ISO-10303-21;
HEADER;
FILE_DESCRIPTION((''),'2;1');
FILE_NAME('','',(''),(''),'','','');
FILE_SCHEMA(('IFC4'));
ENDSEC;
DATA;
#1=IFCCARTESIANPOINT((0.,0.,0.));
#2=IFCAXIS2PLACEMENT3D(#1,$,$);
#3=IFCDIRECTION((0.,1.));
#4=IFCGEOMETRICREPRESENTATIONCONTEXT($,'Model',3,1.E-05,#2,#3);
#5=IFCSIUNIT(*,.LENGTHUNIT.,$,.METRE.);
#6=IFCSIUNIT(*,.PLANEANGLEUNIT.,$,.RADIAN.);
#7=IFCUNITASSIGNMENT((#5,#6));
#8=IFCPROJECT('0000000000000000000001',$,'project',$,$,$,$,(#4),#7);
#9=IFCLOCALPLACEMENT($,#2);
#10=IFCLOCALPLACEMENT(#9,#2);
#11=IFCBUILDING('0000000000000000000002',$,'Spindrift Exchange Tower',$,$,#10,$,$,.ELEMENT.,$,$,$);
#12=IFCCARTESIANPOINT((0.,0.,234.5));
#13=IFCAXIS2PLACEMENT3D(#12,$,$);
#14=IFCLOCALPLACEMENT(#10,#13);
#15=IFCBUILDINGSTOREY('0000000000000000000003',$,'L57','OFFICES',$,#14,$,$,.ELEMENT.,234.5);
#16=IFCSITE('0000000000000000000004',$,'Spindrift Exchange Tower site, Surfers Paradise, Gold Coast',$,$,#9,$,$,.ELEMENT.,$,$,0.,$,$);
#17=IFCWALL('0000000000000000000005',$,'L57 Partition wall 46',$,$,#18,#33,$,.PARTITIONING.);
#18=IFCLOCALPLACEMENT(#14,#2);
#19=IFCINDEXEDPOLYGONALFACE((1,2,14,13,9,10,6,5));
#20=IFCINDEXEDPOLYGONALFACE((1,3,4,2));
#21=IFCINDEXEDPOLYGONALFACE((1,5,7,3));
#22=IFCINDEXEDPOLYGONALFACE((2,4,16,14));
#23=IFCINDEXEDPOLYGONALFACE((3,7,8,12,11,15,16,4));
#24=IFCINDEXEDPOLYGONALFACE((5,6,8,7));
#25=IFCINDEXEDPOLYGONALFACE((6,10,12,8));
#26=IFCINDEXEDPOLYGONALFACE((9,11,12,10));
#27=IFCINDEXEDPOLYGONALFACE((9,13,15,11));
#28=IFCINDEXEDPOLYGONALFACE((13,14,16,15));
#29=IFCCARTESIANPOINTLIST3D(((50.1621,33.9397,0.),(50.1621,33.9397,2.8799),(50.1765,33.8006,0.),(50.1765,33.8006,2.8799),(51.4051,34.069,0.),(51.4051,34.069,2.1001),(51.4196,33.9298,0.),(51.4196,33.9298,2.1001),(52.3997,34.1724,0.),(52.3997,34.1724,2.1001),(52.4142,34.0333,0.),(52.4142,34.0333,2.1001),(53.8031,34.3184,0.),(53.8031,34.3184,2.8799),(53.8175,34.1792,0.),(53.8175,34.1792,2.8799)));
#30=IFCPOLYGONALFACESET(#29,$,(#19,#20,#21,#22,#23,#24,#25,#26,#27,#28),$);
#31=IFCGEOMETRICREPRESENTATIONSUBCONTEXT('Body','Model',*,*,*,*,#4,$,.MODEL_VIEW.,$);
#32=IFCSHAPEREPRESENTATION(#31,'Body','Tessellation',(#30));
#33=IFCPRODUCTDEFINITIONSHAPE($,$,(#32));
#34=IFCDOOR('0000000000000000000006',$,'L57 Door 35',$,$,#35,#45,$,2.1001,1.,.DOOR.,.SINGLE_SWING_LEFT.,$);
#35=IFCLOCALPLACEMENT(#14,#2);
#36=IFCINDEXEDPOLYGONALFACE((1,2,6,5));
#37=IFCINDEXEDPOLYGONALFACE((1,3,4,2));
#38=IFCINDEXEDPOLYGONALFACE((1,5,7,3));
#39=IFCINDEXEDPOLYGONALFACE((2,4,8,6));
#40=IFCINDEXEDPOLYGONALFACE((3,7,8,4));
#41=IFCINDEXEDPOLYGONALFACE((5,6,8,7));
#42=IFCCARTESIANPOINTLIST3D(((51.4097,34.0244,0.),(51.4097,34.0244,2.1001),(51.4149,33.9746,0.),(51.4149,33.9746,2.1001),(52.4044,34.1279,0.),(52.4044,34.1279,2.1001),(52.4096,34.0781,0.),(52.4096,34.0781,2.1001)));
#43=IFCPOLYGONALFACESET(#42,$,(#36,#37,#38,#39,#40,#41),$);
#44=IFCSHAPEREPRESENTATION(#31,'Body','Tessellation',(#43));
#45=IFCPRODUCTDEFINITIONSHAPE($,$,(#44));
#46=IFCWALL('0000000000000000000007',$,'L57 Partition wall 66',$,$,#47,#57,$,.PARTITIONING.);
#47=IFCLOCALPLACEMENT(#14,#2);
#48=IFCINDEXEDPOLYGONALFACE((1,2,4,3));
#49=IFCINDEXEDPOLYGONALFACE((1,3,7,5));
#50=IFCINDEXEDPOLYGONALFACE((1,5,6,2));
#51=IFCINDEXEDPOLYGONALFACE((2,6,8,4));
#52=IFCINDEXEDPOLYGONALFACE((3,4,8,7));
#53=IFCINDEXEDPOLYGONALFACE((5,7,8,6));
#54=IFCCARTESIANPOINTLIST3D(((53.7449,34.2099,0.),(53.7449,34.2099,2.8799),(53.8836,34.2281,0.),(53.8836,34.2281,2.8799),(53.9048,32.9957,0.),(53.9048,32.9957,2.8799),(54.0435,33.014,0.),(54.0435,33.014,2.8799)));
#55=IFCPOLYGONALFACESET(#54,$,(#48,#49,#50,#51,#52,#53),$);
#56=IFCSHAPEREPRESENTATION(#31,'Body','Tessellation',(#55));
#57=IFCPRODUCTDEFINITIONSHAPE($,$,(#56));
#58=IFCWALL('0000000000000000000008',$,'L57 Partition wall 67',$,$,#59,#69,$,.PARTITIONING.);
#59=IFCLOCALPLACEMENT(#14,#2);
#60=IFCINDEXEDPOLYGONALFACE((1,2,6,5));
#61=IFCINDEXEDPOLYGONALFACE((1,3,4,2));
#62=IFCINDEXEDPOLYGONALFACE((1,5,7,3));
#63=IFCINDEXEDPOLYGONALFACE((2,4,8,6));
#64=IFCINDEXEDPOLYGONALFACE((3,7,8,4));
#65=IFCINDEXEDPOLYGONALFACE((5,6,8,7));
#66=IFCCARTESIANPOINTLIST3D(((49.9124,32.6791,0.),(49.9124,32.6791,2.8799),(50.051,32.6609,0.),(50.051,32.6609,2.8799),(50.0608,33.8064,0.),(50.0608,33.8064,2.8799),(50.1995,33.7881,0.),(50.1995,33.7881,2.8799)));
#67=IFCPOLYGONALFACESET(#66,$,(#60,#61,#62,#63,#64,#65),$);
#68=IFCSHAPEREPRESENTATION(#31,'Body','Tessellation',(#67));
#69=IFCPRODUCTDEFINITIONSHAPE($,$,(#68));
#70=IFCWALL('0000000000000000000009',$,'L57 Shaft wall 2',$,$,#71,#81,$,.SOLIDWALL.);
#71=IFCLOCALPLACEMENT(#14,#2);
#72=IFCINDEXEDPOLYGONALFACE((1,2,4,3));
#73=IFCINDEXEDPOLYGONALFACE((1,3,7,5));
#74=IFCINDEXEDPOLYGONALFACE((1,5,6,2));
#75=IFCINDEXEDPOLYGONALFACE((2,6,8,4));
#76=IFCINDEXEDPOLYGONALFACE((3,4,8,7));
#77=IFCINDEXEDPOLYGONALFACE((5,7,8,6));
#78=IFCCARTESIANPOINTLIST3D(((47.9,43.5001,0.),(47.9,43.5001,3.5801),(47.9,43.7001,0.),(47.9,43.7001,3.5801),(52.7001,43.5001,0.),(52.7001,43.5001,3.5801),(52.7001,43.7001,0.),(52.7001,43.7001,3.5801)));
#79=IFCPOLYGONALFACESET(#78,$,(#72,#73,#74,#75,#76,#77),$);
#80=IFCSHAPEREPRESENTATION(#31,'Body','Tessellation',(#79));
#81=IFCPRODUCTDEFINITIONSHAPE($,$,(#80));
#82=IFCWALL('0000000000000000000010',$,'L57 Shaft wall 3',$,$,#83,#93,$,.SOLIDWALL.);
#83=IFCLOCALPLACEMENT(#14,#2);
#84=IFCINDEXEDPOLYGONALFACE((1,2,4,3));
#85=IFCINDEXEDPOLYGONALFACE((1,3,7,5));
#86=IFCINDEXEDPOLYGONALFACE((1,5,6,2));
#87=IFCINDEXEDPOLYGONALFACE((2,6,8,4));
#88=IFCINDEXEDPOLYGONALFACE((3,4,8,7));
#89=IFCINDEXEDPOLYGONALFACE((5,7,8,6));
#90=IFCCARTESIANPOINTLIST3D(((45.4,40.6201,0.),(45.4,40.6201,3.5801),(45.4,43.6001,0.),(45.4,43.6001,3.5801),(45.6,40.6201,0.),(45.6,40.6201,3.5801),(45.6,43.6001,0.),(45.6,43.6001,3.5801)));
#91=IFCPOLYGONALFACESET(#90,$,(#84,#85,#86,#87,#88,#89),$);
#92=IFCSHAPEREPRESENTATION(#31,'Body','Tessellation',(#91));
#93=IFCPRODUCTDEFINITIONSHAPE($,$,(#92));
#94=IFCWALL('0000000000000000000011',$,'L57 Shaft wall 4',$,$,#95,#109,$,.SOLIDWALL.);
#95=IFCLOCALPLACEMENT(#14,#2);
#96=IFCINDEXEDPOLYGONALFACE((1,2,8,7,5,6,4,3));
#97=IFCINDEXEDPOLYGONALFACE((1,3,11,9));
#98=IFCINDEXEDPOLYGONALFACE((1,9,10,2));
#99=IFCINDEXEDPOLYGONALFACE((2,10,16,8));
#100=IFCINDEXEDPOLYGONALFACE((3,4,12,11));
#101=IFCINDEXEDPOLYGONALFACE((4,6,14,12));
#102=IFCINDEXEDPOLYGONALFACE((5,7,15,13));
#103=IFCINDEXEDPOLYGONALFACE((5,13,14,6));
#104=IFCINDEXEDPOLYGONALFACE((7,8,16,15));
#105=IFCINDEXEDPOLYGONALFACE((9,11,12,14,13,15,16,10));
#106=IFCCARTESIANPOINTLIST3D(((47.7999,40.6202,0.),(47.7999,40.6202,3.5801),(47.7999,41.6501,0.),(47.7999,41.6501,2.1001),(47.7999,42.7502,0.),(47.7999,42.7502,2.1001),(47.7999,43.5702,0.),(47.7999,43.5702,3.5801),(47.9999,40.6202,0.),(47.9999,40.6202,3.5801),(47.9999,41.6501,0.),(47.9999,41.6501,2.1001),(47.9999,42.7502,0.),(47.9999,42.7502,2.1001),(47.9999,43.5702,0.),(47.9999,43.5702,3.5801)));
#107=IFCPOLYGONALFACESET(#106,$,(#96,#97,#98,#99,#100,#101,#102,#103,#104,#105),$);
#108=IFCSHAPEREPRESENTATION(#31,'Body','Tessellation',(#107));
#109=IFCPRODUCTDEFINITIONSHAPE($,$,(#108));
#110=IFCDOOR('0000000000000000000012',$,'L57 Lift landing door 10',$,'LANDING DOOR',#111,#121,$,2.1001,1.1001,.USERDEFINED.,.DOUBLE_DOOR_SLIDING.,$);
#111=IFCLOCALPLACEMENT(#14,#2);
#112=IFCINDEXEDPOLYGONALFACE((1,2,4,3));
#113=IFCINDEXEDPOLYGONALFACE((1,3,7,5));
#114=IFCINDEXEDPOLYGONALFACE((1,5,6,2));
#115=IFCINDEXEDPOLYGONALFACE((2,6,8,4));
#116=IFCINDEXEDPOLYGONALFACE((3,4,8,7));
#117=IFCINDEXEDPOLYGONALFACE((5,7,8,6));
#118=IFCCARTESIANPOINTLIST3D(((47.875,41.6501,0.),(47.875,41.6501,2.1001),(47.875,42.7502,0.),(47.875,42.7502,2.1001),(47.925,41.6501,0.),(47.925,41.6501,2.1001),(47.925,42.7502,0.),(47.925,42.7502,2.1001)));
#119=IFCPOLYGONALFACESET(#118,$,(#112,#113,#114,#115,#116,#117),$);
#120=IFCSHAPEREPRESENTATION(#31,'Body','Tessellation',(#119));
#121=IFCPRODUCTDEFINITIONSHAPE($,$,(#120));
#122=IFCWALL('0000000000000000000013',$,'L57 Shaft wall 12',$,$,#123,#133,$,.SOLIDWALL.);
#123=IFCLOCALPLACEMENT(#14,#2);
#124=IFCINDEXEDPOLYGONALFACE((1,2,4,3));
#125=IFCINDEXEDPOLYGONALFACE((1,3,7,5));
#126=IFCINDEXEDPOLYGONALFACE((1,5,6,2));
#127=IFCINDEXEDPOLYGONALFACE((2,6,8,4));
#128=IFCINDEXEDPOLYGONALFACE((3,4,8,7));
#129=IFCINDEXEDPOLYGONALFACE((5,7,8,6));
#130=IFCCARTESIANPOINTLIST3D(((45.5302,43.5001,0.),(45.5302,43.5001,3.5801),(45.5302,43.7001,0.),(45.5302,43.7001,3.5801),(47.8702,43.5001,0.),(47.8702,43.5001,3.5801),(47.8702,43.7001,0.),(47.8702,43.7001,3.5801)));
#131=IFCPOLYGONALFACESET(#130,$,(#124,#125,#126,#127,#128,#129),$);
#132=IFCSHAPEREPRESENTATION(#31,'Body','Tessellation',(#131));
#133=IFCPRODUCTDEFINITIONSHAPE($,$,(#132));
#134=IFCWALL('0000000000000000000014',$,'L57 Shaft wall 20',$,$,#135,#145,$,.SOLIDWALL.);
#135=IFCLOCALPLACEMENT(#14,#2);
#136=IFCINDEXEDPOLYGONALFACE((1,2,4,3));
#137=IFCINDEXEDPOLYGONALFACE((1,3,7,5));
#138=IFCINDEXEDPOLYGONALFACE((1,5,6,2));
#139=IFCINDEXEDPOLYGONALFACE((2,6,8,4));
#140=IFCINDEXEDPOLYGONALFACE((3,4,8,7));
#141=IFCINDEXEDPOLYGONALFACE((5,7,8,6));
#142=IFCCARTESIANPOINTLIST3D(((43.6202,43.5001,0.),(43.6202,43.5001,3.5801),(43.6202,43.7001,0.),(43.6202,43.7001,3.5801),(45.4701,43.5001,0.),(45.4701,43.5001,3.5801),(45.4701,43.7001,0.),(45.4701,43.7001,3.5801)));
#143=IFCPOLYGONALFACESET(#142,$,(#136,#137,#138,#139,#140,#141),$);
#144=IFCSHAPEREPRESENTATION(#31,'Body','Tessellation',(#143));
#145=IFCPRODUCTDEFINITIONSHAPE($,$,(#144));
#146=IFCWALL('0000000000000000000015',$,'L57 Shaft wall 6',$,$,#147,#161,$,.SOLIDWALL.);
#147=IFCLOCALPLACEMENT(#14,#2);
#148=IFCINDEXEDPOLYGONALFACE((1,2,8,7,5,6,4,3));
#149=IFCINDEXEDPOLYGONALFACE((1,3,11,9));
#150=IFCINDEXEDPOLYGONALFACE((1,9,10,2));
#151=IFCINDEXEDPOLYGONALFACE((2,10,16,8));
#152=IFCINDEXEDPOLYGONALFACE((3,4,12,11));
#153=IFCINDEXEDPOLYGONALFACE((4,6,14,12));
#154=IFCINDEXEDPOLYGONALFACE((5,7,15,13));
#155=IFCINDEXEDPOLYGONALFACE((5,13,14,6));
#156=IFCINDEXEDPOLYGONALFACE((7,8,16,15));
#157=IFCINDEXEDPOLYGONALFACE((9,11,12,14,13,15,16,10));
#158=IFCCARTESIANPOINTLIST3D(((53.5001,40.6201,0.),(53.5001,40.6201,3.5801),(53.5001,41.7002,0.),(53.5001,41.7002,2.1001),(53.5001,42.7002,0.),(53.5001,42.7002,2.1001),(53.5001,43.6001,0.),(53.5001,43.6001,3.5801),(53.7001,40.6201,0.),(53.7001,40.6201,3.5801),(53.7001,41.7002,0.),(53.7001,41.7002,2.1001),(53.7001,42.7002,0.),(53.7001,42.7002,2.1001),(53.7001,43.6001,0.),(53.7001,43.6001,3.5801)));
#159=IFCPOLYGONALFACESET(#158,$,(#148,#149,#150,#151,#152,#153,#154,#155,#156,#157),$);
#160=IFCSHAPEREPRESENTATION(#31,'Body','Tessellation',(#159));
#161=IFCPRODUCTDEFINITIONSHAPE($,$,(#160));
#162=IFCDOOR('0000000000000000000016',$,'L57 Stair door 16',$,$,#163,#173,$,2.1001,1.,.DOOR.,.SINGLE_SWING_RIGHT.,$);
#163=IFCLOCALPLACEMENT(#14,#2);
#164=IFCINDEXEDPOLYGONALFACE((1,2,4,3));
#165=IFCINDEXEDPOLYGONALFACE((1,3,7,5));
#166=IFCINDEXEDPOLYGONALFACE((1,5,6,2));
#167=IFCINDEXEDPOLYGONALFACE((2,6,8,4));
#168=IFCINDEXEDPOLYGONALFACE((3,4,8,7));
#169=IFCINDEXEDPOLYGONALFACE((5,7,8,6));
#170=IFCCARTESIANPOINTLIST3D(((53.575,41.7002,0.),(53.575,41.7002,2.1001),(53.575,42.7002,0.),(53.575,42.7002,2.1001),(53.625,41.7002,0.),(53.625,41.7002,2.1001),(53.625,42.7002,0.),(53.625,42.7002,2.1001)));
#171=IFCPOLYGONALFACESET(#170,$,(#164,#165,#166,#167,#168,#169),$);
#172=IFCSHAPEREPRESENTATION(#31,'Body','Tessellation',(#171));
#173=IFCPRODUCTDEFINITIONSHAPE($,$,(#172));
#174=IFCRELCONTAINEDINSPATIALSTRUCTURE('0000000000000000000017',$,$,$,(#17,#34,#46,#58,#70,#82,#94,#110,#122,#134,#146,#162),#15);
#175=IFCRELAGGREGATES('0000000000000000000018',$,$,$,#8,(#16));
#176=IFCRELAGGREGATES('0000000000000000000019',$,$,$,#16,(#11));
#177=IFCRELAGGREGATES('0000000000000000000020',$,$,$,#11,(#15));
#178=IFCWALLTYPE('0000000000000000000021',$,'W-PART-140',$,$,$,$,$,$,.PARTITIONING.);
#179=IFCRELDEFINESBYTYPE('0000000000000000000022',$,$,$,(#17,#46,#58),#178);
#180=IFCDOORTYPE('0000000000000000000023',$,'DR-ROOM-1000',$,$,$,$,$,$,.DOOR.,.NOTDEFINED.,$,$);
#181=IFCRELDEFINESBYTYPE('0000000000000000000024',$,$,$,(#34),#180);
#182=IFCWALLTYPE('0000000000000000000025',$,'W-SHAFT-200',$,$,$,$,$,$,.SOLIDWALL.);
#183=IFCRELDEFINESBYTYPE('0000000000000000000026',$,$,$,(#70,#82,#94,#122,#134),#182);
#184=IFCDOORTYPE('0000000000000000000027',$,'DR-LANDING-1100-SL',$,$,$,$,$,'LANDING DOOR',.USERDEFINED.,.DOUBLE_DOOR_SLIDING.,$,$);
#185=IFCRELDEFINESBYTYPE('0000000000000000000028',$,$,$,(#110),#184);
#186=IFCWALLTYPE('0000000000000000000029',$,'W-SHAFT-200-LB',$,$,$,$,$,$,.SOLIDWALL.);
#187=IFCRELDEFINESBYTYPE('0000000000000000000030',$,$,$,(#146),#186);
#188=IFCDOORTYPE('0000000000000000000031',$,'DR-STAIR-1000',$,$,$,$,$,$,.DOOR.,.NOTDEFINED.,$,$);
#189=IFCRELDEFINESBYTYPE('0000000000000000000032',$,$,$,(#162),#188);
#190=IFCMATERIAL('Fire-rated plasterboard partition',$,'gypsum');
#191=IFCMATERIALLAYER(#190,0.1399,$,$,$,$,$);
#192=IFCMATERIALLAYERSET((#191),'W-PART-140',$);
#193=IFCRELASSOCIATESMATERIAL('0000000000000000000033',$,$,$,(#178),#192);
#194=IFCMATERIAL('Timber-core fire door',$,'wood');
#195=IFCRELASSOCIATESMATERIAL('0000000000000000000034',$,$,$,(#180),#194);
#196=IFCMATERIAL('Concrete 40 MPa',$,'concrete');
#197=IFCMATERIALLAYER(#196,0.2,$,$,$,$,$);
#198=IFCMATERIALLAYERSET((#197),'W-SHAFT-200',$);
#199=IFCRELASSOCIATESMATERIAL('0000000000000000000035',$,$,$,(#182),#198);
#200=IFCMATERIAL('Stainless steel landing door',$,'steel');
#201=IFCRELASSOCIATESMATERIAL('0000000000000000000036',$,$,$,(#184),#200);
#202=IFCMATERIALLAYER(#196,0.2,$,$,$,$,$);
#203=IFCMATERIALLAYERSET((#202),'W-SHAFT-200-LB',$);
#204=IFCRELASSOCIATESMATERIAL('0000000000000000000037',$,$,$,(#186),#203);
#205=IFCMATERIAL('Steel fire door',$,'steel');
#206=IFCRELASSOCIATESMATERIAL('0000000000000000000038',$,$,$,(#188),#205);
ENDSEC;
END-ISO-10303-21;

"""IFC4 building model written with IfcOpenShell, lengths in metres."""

from ifc_helpers import new_model, si_unit, direction, frame, frame_2d, origin, place, context, subcontext, project, spatial, rectangle, extrude, source, transform, mapped, material, layer, layer_set, type_object, element, fill, save


model = new_model("IFC4")

# Units and contexts
model_context = context("Model", 3, precision=1e-05, world=origin(), true_north=direction((0.0, 1.0)))
body_context = subcontext(model_context, "Body", "Model", "MODEL_VIEW")
ifc_project = project(units=[si_unit("LENGTHUNIT", "METRE"), si_unit("PLANEANGLEUNIT", "RADIAN")], contexts=[model_context])

# Site, building, storey
site_placement = place(None, origin())
site = spatial("IfcSite", under=ifc_project, at=site_placement, Name="Spindrift Exchange Tower site, Surfers Paradise, Gold Coast", CompositionType="ELEMENT", RefElevation=0.0)
building_placement = place(site_placement, origin())
building = spatial("IfcBuilding", under=site, at=building_placement, Name="Spindrift Exchange Tower", CompositionType="ELEMENT")
storey_placement = place(building_placement, frame((0.0, 0.0, 234.5)))
storey = spatial("IfcBuildingStorey", under=building, at=storey_placement, Name="L57", Description="OFFICES", CompositionType="ELEMENT", Elevation=234.5)

# Shared definitions
ifc_material_1 = material(Name="Steel fire door", Category="steel")
ifc_material_2 = material(Name="Timber-core fire door", Category="wood")

# Shared definitions
ifc_material_3 = material(Name="Fire-rated plasterboard partition", Category="gypsum")
ifc_layer_1 = layer(ifc_material_3, 0.1399)
ifc_layer_set_1 = layer_set([ifc_layer_1], Name="W-PART-140")
wall_type_1 = type_object("IfcWallType", Name="W-PART-140", PredefinedType="PARTITIONING", material=ifc_layer_set_1)
door_type_1 = type_object("IfcDoorType", Name="DR-ROOM-1000", OperationType="NOTDEFINED", PredefinedType="DOOR", material=ifc_material_2)
shared_shape_1 = source(origin(), body_context, "Body", "SweptSolid", [
    extrude(rectangle(XDim=1.0, YDim=2.1001, at=frame_2d((0.5, 1.05))), frame((0.0, 0.0249, 0.0), z_axis=(0.0, -1.0, 0.0), x_axis=(1.0, 0.0, 0.0)), (0.0, 0.0, 1.0), 0.05),
])

# Wall, opening, door
wall_1_placement = place(storey_placement, frame((53.8103, 34.2488, 0.0), z_axis=(0.0, 0.0, 1.0), x_axis=(-0.994636, -0.103438, 0.0)))
wall_1 = element("IfcWall", 1, at=wall_1_placement, inside=storey, type_object=wall_type_1, Name="L57 Partition wall 46", PredefinedType="PARTITIONING", context=body_context, shape_type="SweptSolid", body=[
    extrude(rectangle(XDim=3.6606, YDim=0.1399, at=frame_2d((1.8303, 0.0))), origin(), (0.0, 0.0, 1.0), 2.8799),
])
opening_1_placement = place(wall_1_placement, frame((1.4109, 0.0, 0.0)))
opening_1 = element("IfcOpeningElement", 2, at=opening_1_placement, cuts=wall_1, PredefinedType="OPENING", context=body_context, shape_type="SweptSolid", body=[
    extrude(rectangle(XDim=1.0, YDim=2.1001, at=frame_2d((0.5, 1.05))), frame((0.0, 0.0798, 0.0), z_axis=(0.0, -1.0, 0.0), x_axis=(1.0, 0.0, 0.0)), (0.0, 0.0, 1.0), 0.1599),
])
door_1_placement = place(opening_1_placement, origin())
door_1 = element("IfcDoor", 3, at=door_1_placement, inside=storey, type_object=door_type_1, Name="L57 Door 35", OperationType="SINGLE_SWING_LEFT", OverallHeight=2.1001, OverallWidth=1.0, PredefinedType="DOOR", context=body_context, shape_type="MappedRepresentation", body=[
    mapped(shared_shape_1, transform((0.0, 0.0, 0.0), scale=1.0)),
])
fill(opening_1, door_1)

# Walls
wall_2_placement = place(storey_placement, frame((53.8142, 34.219, 0.0), z_axis=(0.0, 0.0, 1.0), x_axis=(0.130583, -0.991437, 0.0)))
element("IfcWall", 4, at=wall_2_placement, inside=storey, type_object=wall_type_1, Name="L57 Partition wall 66", PredefinedType="PARTITIONING", context=body_context, shape_type="SweptSolid", body=[
    extrude(rectangle(XDim=1.2246, YDim=0.1399, at=frame_2d((0.6123, 0.0))), origin(), (0.0, 0.0, 1.0), 2.8799),
])
wall_3_placement = place(storey_placement, frame((50.1301, 33.7971, 0.0), z_axis=(0.0, 0.0, 1.0), x_axis=(-0.13056, -0.99144, 0.0)))
element("IfcWall", 5, at=wall_3_placement, inside=storey, type_object=wall_type_1, Name="L57 Partition wall 67", PredefinedType="PARTITIONING", context=body_context, shape_type="SweptSolid", body=[
    extrude(rectangle(XDim=1.137, YDim=0.1399, at=frame_2d((0.5684, 0.0))), origin(), (0.0, 0.0, 1.0), 2.8799),
])
ifc_material_4 = material(Name="Concrete 40 MPa", Category="concrete")
ifc_layer_2 = layer(ifc_material_4, 0.2)
ifc_layer_set_2 = layer_set([ifc_layer_2], Name="W-SHAFT-200")
wall_type_2 = type_object("IfcWallType", Name="W-SHAFT-200", PredefinedType="SOLIDWALL", material=ifc_layer_set_2)
wall_4_placement = place(storey_placement, frame((52.7, 43.6001, 0.0), z_axis=(0.0, 0.0, 1.0), x_axis=(-1.0, 0.0, 0.0)))
element("IfcWall", 6, at=wall_4_placement, inside=storey, type_object=wall_type_2, Name="L57 Shaft wall 2", PredefinedType="SOLIDWALL", context=body_context, shape_type="SweptSolid", body=[
    extrude(rectangle(XDim=4.8, YDim=0.2, at=frame_2d((2.3999, 0.0))), origin(), (0.0, 0.0, 1.0), 3.5801),
])
wall_5_placement = place(storey_placement, frame((45.5, 43.6001, 0.0), z_axis=(0.0, 0.0, 1.0), x_axis=(0.0, -1.0, 0.0)))
element("IfcWall", 7, at=wall_5_placement, inside=storey, type_object=wall_type_2, Name="L57 Shaft wall 3", PredefinedType="SOLIDWALL", context=body_context, shape_type="SweptSolid", body=[
    extrude(rectangle(XDim=2.98, YDim=0.2, at=frame_2d((1.49, 0.0))), origin(), (0.0, 0.0, 1.0), 3.5801),
])

# Wall, opening, door
wall_6_placement = place(storey_placement, frame((47.8999, 40.6201, 0.0), z_axis=(0.0, 0.0, 1.0), x_axis=(0.0, 1.0, 0.0)))
wall_6 = element("IfcWall", 8, at=wall_6_placement, inside=storey, type_object=wall_type_2, Name="L57 Shaft wall 4", PredefinedType="SOLIDWALL", context=body_context, shape_type="SweptSolid", body=[
    extrude(rectangle(XDim=2.95, YDim=0.2, at=frame_2d((1.4751, 0.0))), origin(), (0.0, 0.0, 1.0), 3.5801),
])
opening_2_placement = place(wall_6_placement, frame((1.03, 0.0, 0.0)))
opening_2 = element("IfcOpeningElement", 9, at=opening_2_placement, cuts=wall_6, PredefinedType="OPENING", context=body_context, shape_type="SweptSolid", body=[
    extrude(rectangle(XDim=1.1001, YDim=2.1001, at=frame_2d((0.55, 1.05))), frame((0.0, 0.1099, 0.0), z_axis=(0.0, -1.0, 0.0), x_axis=(1.0, 0.0, 0.0)), (0.0, 0.0, 1.0), 0.22),
])
ifc_material_5 = material(Name="Stainless steel landing door", Category="steel")
door_type_2 = type_object("IfcDoorType", Name="DR-LANDING-1100-SL", ElementType="LANDING DOOR", OperationType="DOUBLE_DOOR_SLIDING", PredefinedType="USERDEFINED", material=ifc_material_5)
shared_shape_2 = source(origin(), body_context, "Body", "SweptSolid", [
    extrude(rectangle(XDim=1.1001, YDim=2.1001, at=frame_2d((0.55, 1.05))), frame((0.0, 0.0249, 0.0), z_axis=(0.0, -1.0, 0.0), x_axis=(1.0, 0.0, 0.0)), (0.0, 0.0, 1.0), 0.05),
])
door_2_placement = place(opening_2_placement, origin())
door_2 = element("IfcDoor", 10, at=door_2_placement, inside=storey, type_object=door_type_2, Name="L57 Lift landing door 10", ObjectType="LANDING DOOR", OperationType="DOUBLE_DOOR_SLIDING", OverallHeight=2.1001, OverallWidth=1.1001, PredefinedType="USERDEFINED", context=body_context, shape_type="MappedRepresentation", body=[
    mapped(shared_shape_2, transform((0.0, 0.0, 0.0), scale=1.0)),
])
fill(opening_2, door_2)

# Walls
wall_7_placement = place(storey_placement, frame((47.8701, 43.6001, 0.0), z_axis=(0.0, 0.0, 1.0), x_axis=(-1.0, 0.0, 0.0)))
element("IfcWall", 11, at=wall_7_placement, inside=storey, type_object=wall_type_2, Name="L57 Shaft wall 12", PredefinedType="SOLIDWALL", context=body_context, shape_type="SweptSolid", body=[
    extrude(rectangle(XDim=2.3401, YDim=0.2, at=frame_2d((1.1699, 0.0))), origin(), (0.0, 0.0, 1.0), 3.5801),
])
wall_8_placement = place(storey_placement, frame((45.47, 43.6001, 0.0), z_axis=(0.0, 0.0, 1.0), x_axis=(-1.0, 0.0, 0.0)))
element("IfcWall", 12, at=wall_8_placement, inside=storey, type_object=wall_type_2, Name="L57 Shaft wall 20", PredefinedType="SOLIDWALL", context=body_context, shape_type="SweptSolid", body=[
    extrude(rectangle(XDim=1.8499, YDim=0.2, at=frame_2d((0.9248, 0.0))), origin(), (0.0, 0.0, 1.0), 3.5801),
])

# Wall, opening, door
ifc_layer_3 = layer(ifc_material_4, 0.2)
ifc_layer_set_3 = layer_set([ifc_layer_3], Name="W-SHAFT-200-LB")
wall_type_3 = type_object("IfcWallType", Name="W-SHAFT-200-LB", PredefinedType="SOLIDWALL", material=ifc_layer_set_3)
wall_9_placement = place(storey_placement, frame((53.6001, 43.6001, 0.0), z_axis=(0.0, 0.0, 1.0), x_axis=(0.0, -1.0, 0.0)))
wall_9 = element("IfcWall", 13, at=wall_9_placement, inside=storey, type_object=wall_type_3, Name="L57 Shaft wall 6", PredefinedType="SOLIDWALL", context=body_context, shape_type="SweptSolid", body=[
    extrude(rectangle(XDim=2.98, YDim=0.2, at=frame_2d((1.49, 0.0))), origin(), (0.0, 0.0, 1.0), 3.5801),
])
opening_3_placement = place(wall_9_placement, frame((0.8999, 0.0, 0.0)))
opening_3 = element("IfcOpeningElement", 14, at=opening_3_placement, cuts=wall_9, PredefinedType="OPENING", context=body_context, shape_type="SweptSolid", body=[
    extrude(rectangle(XDim=1.0, YDim=2.1001, at=frame_2d((0.5, 1.05))), frame((0.0, 0.1099, 0.0), z_axis=(0.0, -1.0, 0.0), x_axis=(1.0, 0.0, 0.0)), (0.0, 0.0, 1.0), 0.22),
])
door_type_3 = type_object("IfcDoorType", Name="DR-STAIR-1000", OperationType="NOTDEFINED", PredefinedType="DOOR", material=ifc_material_1)
shared_shape_3 = source(origin(), body_context, "Body", "SweptSolid", [
    extrude(rectangle(XDim=1.0, YDim=2.1001, at=frame_2d((0.5, 1.05))), frame((0.0, 0.0249, 0.0), z_axis=(0.0, -1.0, 0.0), x_axis=(1.0, 0.0, 0.0)), (0.0, 0.0, 1.0), 0.05),
])
door_3_placement = place(opening_3_placement, origin())
door_3 = element("IfcDoor", 15, at=door_3_placement, inside=storey, type_object=door_type_3, Name="L57 Stair door 16", OperationType="SINGLE_SWING_RIGHT", OverallHeight=2.1001, OverallWidth=1.0, PredefinedType="DOOR", context=body_context, shape_type="MappedRepresentation", body=[
    mapped(shared_shape_3, transform((0.0, 0.0, 0.0), scale=1.0)),
])
fill(opening_3, door_3)

save(model, "model.ifc")
